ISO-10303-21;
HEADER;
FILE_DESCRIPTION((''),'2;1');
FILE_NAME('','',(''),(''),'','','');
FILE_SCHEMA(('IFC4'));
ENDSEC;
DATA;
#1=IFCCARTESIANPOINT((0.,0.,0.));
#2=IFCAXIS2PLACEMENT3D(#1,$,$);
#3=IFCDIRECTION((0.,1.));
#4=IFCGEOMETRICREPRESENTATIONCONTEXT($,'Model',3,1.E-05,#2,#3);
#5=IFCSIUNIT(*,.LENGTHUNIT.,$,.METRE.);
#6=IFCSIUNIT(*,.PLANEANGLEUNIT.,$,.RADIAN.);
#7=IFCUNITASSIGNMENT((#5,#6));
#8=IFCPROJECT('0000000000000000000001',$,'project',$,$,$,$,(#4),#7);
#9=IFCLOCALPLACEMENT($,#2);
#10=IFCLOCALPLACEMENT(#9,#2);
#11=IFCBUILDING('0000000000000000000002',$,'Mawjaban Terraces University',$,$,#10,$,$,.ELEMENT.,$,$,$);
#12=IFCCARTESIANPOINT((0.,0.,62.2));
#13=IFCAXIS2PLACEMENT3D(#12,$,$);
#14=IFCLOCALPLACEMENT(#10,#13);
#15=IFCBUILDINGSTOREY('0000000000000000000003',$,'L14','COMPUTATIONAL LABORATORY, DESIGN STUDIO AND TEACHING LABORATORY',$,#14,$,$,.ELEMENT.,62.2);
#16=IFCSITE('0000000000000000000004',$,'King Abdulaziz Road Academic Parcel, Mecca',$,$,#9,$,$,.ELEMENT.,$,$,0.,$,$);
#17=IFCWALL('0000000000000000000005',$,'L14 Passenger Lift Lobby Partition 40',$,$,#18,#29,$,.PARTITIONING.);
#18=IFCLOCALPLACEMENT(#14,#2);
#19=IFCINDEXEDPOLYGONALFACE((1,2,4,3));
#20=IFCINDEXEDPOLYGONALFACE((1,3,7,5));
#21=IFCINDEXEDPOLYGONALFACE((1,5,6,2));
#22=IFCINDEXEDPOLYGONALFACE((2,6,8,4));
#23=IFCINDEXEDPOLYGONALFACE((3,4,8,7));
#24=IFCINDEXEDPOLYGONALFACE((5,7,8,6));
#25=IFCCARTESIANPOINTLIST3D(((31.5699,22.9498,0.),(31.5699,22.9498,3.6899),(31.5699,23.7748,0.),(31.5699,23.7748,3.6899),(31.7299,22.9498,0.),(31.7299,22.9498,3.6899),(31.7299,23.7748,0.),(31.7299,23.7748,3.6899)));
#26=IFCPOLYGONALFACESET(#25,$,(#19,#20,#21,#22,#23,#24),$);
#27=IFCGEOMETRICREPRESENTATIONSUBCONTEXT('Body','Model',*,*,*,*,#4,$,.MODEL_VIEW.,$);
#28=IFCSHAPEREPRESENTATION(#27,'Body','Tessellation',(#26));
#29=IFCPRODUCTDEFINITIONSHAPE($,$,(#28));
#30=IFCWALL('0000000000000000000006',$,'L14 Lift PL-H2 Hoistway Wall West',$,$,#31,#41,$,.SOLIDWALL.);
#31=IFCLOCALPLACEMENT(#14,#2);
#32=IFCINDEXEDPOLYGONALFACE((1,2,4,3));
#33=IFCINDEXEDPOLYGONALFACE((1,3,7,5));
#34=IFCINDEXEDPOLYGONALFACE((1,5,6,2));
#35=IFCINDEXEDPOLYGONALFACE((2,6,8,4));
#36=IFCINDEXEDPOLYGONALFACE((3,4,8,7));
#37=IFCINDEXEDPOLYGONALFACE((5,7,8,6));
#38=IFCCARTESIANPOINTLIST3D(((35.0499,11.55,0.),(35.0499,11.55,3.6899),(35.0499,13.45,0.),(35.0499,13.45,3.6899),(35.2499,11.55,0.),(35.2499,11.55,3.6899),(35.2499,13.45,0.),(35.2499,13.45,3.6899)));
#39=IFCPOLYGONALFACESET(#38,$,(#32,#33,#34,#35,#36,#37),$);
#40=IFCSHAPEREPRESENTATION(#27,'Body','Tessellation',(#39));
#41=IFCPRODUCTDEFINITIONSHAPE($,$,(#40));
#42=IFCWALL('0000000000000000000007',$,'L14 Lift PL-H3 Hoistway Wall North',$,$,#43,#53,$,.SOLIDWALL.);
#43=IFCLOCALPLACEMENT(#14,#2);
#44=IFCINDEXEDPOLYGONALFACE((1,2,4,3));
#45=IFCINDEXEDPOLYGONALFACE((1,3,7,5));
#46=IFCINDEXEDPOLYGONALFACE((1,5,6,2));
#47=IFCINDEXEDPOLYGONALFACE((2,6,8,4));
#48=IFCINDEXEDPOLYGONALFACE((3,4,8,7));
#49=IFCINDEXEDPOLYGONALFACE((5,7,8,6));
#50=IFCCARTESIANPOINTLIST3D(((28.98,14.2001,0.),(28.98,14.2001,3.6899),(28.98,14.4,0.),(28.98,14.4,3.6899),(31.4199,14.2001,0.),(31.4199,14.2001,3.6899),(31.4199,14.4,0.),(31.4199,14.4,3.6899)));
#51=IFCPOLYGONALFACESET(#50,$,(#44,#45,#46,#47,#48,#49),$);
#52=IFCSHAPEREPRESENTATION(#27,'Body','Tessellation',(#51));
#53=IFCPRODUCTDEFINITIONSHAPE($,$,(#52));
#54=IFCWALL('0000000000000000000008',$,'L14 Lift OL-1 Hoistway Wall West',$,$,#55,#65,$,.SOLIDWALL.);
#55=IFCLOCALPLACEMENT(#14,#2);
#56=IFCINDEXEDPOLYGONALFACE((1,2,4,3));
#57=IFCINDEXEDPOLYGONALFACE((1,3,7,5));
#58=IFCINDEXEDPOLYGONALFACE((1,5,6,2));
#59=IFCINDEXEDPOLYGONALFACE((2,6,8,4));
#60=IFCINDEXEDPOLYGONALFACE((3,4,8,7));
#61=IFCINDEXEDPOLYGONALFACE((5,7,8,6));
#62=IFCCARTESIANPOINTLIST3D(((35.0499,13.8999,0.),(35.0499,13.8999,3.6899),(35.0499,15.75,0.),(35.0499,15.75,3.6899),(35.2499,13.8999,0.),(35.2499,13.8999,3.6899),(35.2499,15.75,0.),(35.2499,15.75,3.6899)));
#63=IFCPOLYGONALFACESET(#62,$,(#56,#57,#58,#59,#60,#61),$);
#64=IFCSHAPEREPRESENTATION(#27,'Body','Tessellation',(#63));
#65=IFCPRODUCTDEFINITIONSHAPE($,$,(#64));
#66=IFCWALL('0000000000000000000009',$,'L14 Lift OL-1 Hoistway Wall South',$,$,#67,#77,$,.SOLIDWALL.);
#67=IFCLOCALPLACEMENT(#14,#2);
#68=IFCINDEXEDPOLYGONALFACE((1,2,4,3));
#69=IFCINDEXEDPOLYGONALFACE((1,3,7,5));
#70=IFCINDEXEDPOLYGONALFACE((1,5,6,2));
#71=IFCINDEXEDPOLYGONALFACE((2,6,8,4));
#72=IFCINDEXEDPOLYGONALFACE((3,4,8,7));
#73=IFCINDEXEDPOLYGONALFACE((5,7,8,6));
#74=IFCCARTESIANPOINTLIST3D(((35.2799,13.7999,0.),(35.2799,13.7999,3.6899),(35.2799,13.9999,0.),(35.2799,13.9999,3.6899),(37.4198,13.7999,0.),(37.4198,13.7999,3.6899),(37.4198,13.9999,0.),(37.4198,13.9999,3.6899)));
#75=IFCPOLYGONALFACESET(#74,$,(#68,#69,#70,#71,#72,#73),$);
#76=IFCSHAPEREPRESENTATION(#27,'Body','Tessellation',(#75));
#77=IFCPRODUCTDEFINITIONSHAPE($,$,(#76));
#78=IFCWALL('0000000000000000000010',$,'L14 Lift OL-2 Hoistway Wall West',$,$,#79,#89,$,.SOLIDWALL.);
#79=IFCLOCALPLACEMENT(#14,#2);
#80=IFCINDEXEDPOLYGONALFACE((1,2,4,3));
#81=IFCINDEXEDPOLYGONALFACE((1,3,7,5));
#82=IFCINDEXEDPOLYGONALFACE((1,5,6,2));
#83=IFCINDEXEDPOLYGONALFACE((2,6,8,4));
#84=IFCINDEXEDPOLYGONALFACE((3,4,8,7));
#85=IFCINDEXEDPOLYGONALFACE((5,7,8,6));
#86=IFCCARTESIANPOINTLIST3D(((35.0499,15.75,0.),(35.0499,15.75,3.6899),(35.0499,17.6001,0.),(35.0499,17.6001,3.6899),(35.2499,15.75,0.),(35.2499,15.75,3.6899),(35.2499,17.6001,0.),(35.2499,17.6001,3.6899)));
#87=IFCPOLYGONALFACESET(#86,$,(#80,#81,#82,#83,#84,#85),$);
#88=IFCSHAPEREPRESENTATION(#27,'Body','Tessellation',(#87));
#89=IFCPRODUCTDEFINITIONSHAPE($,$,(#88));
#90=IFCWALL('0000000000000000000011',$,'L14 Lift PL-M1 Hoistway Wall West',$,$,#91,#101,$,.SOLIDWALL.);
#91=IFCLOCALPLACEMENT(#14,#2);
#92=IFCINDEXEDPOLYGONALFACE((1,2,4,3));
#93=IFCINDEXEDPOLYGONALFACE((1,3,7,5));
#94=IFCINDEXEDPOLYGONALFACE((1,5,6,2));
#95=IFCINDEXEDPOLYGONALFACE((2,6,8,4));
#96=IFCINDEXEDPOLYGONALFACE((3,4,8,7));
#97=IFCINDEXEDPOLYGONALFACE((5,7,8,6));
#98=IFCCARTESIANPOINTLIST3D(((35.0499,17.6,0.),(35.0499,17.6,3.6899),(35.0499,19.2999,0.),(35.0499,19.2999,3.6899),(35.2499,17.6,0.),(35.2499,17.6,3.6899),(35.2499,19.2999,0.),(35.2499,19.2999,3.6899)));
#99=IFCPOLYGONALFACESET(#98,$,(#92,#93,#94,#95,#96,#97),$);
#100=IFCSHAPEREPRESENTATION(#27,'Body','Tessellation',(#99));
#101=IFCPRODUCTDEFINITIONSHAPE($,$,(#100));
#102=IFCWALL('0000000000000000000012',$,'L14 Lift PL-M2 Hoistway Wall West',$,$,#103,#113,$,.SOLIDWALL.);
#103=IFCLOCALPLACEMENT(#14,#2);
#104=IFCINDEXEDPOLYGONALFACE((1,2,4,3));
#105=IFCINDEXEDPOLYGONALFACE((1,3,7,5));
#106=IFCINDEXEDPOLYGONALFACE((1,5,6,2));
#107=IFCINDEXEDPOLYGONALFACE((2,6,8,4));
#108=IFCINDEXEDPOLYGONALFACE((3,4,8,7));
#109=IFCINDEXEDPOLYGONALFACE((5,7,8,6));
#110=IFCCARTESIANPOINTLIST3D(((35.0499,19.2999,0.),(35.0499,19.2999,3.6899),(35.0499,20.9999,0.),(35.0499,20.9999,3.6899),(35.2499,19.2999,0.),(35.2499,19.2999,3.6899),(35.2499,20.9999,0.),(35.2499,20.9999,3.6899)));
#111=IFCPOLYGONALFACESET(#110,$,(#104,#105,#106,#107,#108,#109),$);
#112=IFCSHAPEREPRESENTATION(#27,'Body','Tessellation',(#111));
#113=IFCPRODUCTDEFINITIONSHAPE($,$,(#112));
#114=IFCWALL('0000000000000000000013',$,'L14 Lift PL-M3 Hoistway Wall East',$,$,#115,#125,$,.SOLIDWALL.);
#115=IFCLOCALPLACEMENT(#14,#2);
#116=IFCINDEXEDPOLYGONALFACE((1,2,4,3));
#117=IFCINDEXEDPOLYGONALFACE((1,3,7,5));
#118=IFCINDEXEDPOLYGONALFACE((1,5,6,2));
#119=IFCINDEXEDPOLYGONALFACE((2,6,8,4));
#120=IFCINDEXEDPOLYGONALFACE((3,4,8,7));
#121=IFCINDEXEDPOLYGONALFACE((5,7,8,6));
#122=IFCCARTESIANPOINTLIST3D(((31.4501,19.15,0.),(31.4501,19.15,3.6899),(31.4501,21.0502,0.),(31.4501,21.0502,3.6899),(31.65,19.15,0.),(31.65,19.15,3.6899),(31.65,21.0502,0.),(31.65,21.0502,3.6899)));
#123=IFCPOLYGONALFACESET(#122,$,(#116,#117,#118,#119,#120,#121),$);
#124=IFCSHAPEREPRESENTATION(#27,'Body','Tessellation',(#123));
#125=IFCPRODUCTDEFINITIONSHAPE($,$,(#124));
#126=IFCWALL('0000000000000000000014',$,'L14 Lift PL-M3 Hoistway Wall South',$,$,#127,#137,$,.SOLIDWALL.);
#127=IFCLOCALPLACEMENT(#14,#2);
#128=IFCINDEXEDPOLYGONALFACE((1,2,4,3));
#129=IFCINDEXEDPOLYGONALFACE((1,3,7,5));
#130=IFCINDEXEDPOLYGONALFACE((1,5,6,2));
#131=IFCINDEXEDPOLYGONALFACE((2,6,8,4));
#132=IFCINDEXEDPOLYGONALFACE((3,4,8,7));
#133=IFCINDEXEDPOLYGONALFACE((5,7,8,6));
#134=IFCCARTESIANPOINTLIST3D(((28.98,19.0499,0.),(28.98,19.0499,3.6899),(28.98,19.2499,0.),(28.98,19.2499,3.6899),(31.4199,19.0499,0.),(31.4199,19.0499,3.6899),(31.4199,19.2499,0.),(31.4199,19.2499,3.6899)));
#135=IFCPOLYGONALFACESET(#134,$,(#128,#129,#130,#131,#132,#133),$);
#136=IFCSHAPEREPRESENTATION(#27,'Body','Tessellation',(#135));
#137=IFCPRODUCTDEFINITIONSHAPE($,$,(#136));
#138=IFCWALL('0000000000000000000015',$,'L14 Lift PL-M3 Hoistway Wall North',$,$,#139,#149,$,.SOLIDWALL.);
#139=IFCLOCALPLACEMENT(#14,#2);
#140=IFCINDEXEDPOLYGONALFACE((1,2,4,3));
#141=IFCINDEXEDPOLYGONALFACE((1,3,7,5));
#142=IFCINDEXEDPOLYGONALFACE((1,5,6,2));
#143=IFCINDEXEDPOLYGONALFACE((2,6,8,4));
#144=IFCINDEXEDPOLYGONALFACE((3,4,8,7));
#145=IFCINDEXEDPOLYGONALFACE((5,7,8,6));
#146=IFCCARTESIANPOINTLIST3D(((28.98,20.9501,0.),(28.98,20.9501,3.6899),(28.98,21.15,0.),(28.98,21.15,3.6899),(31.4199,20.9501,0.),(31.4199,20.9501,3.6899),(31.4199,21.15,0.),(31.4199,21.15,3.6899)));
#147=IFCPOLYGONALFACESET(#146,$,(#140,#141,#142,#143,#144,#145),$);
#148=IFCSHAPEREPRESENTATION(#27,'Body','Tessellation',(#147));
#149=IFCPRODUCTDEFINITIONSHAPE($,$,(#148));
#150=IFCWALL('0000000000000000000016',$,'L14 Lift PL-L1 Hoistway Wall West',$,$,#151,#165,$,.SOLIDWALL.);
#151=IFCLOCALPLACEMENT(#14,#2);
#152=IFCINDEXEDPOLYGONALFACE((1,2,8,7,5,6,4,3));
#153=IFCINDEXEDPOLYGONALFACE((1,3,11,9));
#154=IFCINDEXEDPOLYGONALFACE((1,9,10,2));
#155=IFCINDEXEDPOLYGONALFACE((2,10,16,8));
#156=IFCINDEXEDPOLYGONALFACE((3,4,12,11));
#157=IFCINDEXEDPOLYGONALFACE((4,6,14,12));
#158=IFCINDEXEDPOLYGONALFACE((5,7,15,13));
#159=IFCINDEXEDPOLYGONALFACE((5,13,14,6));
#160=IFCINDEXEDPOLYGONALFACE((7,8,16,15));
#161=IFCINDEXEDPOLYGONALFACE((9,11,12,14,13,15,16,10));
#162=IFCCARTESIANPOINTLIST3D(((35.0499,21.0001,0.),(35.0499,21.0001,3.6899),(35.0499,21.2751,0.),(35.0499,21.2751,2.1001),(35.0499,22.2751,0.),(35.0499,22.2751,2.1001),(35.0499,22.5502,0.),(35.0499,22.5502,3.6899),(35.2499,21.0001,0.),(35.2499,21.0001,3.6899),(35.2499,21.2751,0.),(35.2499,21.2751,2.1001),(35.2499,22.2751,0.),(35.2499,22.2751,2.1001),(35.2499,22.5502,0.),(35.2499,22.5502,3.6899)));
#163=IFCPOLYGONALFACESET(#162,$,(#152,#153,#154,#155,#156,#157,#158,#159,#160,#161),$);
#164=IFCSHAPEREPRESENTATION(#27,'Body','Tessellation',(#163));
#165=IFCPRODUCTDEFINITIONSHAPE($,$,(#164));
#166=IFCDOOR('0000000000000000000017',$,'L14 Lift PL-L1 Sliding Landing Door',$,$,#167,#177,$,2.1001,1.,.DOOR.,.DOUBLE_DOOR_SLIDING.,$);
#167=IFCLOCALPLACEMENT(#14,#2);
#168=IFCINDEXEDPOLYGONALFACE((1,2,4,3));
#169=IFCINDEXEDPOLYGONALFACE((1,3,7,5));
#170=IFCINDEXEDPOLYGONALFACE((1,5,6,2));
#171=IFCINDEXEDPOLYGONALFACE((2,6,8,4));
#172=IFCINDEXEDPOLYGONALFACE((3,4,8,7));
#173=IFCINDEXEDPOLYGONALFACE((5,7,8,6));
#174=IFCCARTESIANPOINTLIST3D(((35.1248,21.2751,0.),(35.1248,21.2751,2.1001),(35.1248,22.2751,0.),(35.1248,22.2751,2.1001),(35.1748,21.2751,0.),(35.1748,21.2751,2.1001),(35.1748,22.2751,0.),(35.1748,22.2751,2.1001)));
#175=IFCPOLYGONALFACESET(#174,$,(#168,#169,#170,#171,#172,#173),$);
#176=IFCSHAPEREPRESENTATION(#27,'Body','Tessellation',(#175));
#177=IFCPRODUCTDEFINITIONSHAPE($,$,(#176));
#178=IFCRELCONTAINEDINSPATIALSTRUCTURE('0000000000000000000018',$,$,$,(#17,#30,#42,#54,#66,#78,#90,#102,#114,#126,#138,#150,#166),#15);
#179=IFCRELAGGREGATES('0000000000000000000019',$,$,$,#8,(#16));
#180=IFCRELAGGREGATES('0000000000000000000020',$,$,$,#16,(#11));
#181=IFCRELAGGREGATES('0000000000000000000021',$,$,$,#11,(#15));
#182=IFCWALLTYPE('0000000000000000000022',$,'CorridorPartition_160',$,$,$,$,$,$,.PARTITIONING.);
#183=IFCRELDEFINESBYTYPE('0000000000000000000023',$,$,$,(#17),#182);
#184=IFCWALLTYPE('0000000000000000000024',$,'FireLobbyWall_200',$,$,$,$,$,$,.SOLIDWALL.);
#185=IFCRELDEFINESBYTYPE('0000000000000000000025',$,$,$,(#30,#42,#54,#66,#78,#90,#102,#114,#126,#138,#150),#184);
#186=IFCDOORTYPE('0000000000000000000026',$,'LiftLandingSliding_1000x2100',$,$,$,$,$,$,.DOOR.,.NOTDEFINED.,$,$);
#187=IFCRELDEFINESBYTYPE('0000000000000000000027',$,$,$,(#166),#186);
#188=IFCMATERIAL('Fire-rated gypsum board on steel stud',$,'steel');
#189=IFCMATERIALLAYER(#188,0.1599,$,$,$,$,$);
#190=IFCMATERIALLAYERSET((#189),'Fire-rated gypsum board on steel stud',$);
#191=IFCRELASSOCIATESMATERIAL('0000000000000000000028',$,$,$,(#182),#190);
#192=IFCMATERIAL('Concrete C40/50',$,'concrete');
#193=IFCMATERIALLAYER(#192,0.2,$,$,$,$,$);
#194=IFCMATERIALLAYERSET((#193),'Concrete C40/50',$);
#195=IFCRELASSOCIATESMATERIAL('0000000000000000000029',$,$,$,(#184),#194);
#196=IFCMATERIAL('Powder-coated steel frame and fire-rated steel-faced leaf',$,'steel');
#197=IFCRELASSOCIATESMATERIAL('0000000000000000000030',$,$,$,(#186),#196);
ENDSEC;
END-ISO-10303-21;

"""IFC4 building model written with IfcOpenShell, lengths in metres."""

from ifc_helpers import new_model, si_unit, direction, frame, frame_2d, origin, place, context, subcontext, project, spatial, rectangle, extrude, material, layer, layer_set, type_object, element, fill, save


model = new_model("IFC4")

# Units and contexts
model_context = context("Model", 3, precision=1e-05, world=origin(), true_north=direction((0.0, 1.0)))
body_context = subcontext(model_context, "Body", "Model", "MODEL_VIEW")
ifc_project = project(units=[si_unit("LENGTHUNIT", "METRE"), si_unit("PLANEANGLEUNIT", "RADIAN")], contexts=[model_context])

# Site, building, storey
site_placement = place(None, origin())
site = spatial("IfcSite", under=ifc_project, at=site_placement, Name="King Abdulaziz Road Academic Parcel, Mecca", CompositionType="ELEMENT", RefElevation=0.0)
building_placement = place(site_placement, origin())
building = spatial("IfcBuilding", under=site, at=building_placement, Name="Mawjaban Terraces University", CompositionType="ELEMENT")
storey_placement = place(building_placement, frame((0.0, 0.0, 62.2)))
storey = spatial("IfcBuildingStorey", under=building, at=storey_placement, Name="L14", Description="COMPUTATIONAL LABORATORY, DESIGN STUDIO AND TEACHING LABORATORY", CompositionType="ELEMENT", Elevation=62.2)

# Walls
ifc_material_1 = material(Name="Fire-rated gypsum board on steel stud", Category="steel")
ifc_layer_1 = layer(ifc_material_1, 0.1599)
ifc_layer_set_1 = layer_set([ifc_layer_1], Name="Fire-rated gypsum board on steel stud")
wall_type_1 = type_object("IfcWallType", Name="CorridorPartition_160", PredefinedType="PARTITIONING", material=ifc_layer_set_1)
wall_1_placement = place(storey_placement, frame((31.6499, 23.7749, 0.0), z_axis=(0.0, 0.0, 1.0), x_axis=(0.0, -1.0, 0.0)))
element("IfcWall", 1, at=wall_1_placement, inside=storey, type_object=wall_type_1, Name="L14 Passenger Lift Lobby Partition 40", PredefinedType="PARTITIONING", context=body_context, shape_type="SweptSolid", body=[
    extrude(rectangle(XDim=0.825, YDim=0.1599, at=frame_2d((0.4126, 0.0))), origin(), (0.0, 0.0, 1.0), 3.6899),
])
ifc_material_2 = material(Name="Concrete C40/50", Category="concrete")
ifc_layer_2 = layer(ifc_material_2, 0.2)
ifc_layer_set_2 = layer_set([ifc_layer_2], Name="Concrete C40/50")
wall_type_2 = type_object("IfcWallType", Name="FireLobbyWall_200", PredefinedType="SOLIDWALL", material=ifc_layer_set_2)
wall_2_placement = place(storey_placement, frame((35.1499, 13.45, 0.0), z_axis=(0.0, 0.0, 1.0), x_axis=(0.0, -1.0, 0.0)))
element("IfcWall", 2, at=wall_2_placement, inside=storey, type_object=wall_type_2, Name="L14 Lift PL-H2 Hoistway Wall West", PredefinedType="SOLIDWALL", context=body_context, shape_type="SweptSolid", body=[
    extrude(rectangle(XDim=1.8999, YDim=0.2, at=frame_2d((0.95, 0.0))), origin(), (0.0, 0.0, 1.0), 3.6899),
])
wall_3_placement = place(storey_placement, frame((31.4199, 14.3, 0.0), z_axis=(0.0, 0.0, 1.0), x_axis=(-1.0, 0.0, 0.0)))
element("IfcWall", 3, at=wall_3_placement, inside=storey, type_object=wall_type_2, Name="L14 Lift PL-H3 Hoistway Wall North", PredefinedType="SOLIDWALL", context=body_context, shape_type="SweptSolid", body=[
    extrude(rectangle(XDim=2.4399, YDim=0.2, at=frame_2d((1.22, 0.0))), origin(), (0.0, 0.0, 1.0), 3.6899),
])
wall_4_placement = place(storey_placement, frame((35.1499, 15.75, 0.0), z_axis=(0.0, 0.0, 1.0), x_axis=(0.0, -1.0, 0.0)))
element("IfcWall", 4, at=wall_4_placement, inside=storey, type_object=wall_type_2, Name="L14 Lift OL-1 Hoistway Wall West", PredefinedType="SOLIDWALL", context=body_context, shape_type="SweptSolid", body=[
    extrude(rectangle(XDim=1.8501, YDim=0.2, at=frame_2d((0.925, 0.0))), origin(), (0.0, 0.0, 1.0), 3.6899),
])
wall_5_placement = place(storey_placement, frame((35.28, 13.8999, 0.0), z_axis=(0.0, 0.0, 1.0), x_axis=(1.0, 0.0, 0.0)))
element("IfcWall", 5, at=wall_5_placement, inside=storey, type_object=wall_type_2, Name="L14 Lift OL-1 Hoistway Wall South", PredefinedType="SOLIDWALL", context=body_context, shape_type="SweptSolid", body=[
    extrude(rectangle(XDim=2.1399, YDim=0.2, at=frame_2d((1.0698, 0.0))), origin(), (0.0, 0.0, 1.0), 3.6899),
])
wall_6_placement = place(storey_placement, frame((35.1499, 17.6001, 0.0), z_axis=(0.0, 0.0, 1.0), x_axis=(0.0, -1.0, 0.0)))
element("IfcWall", 6, at=wall_6_placement, inside=storey, type_object=wall_type_2, Name="L14 Lift OL-2 Hoistway Wall West", PredefinedType="SOLIDWALL", context=body_context, shape_type="SweptSolid", body=[
    extrude(rectangle(XDim=1.8501, YDim=0.2, at=frame_2d((0.925, 0.0))), origin(), (0.0, 0.0, 1.0), 3.6899),
])
for number, where, z_axis, x_axis, name in (
    (7, (35.1499, 19.3, 0.0), (0.0, 0.0, 1.0), (0.0, -1.0, 0.0), "L14 Lift PL-M1 Hoistway Wall West"),
    (8, (35.1499, 21.0, 0.0), (0.0, 0.0, 1.0), (0.0, -1.0, 0.0), "L14 Lift PL-M2 Hoistway Wall West"),
):
    element("IfcWall", number, at=place(storey_placement, frame(where, z_axis=z_axis, x_axis=x_axis)), inside=storey, type_object=wall_type_2, Name=name, PredefinedType="SOLIDWALL", context=body_context, shape_type="SweptSolid", body=[
        extrude(rectangle(XDim=1.7, YDim=0.2, at=frame_2d((0.8501, 0.0))), origin(), (0.0, 0.0, 1.0), 3.6899),
    ])
wall_7_placement = place(storey_placement, frame((31.55, 19.1499, 0.0), z_axis=(0.0, 0.0, 1.0), x_axis=(0.0, 1.0, 0.0)))
element("IfcWall", 9, at=wall_7_placement, inside=storey, type_object=wall_type_2, Name="L14 Lift PL-M3 Hoistway Wall East", PredefinedType="SOLIDWALL", context=body_context, shape_type="SweptSolid", body=[
    extrude(rectangle(XDim=1.9001, YDim=0.2, at=frame_2d((0.9502, 0.0))), origin(), (0.0, 0.0, 1.0), 3.6899),
])
for number, where, z_axis, x_axis, name in (
    (10, (28.98, 19.1499, 0.0), (0.0, 0.0, 1.0), (1.0, 0.0, 0.0), "L14 Lift PL-M3 Hoistway Wall South"),
    (11, (31.4199, 21.05, 0.0), (0.0, 0.0, 1.0), (-1.0, 0.0, 0.0), "L14 Lift PL-M3 Hoistway Wall North"),
):
    element("IfcWall", number, at=place(storey_placement, frame(where, z_axis=z_axis, x_axis=x_axis)), inside=storey, type_object=wall_type_2, Name=name, PredefinedType="SOLIDWALL", context=body_context, shape_type="SweptSolid", body=[
        extrude(rectangle(XDim=2.4399, YDim=0.2, at=frame_2d((1.22, 0.0))), origin(), (0.0, 0.0, 1.0), 3.6899),
    ])

# Wall, opening, door
wall_8_placement = place(storey_placement, frame((35.1499, 22.55, 0.0), z_axis=(0.0, 0.0, 1.0), x_axis=(0.0, -1.0, 0.0)))
wall_8 = element("IfcWall", 12, at=wall_8_placement, inside=storey, type_object=wall_type_2, Name="L14 Lift PL-L1 Hoistway Wall West", PredefinedType="SOLIDWALL", context=body_context, shape_type="SweptSolid", body=[
    extrude(rectangle(XDim=1.55, YDim=0.2, at=frame_2d((0.7749, 0.0))), origin(), (0.0, 0.0, 1.0), 3.6899),
])
opening_1_placement = place(wall_8_placement, frame((0.2749, 0.0, 0.0)))
opening_1 = element("IfcOpeningElement", 13, at=opening_1_placement, cuts=wall_8, PredefinedType="OPENING", context=body_context, shape_type="SweptSolid", body=[
    extrude(rectangle(XDim=1.0, YDim=2.1001, at=frame_2d((0.5, 1.05))), frame((0.0, 0.1099, 0.0), z_axis=(0.0, -1.0, 0.0), x_axis=(1.0, 0.0, 0.0)), (0.0, 0.0, 1.0), 0.22),
])
ifc_material_3 = material(Name="Powder-coated steel frame and fire-rated steel-faced leaf", Category="steel")
door_type_1 = type_object("IfcDoorType", Name="LiftLandingSliding_1000x2100", OperationType="NOTDEFINED", PredefinedType="DOOR", material=ifc_material_3)
door_1_placement = place(opening_1_placement, origin())
door_1 = element("IfcDoor", 14, at=door_1_placement, inside=storey, type_object=door_type_1, Name="L14 Lift PL-L1 Sliding Landing Door", OperationType="DOUBLE_DOOR_SLIDING", OverallHeight=2.1001, OverallWidth=1.0, PredefinedType="DOOR", context=body_context, shape_type="SweptSolid", body=[
    extrude(rectangle(XDim=1.0, YDim=2.1001, at=frame_2d((0.5, 1.05))), frame((0.0, 0.0249, 0.0), z_axis=(0.0, -1.0, 0.0), x_axis=(1.0, 0.0, 0.0)), (0.0, 0.0, 1.0), 0.05),
])
fill(opening_1, door_1)

save(model, "model.ifc")
